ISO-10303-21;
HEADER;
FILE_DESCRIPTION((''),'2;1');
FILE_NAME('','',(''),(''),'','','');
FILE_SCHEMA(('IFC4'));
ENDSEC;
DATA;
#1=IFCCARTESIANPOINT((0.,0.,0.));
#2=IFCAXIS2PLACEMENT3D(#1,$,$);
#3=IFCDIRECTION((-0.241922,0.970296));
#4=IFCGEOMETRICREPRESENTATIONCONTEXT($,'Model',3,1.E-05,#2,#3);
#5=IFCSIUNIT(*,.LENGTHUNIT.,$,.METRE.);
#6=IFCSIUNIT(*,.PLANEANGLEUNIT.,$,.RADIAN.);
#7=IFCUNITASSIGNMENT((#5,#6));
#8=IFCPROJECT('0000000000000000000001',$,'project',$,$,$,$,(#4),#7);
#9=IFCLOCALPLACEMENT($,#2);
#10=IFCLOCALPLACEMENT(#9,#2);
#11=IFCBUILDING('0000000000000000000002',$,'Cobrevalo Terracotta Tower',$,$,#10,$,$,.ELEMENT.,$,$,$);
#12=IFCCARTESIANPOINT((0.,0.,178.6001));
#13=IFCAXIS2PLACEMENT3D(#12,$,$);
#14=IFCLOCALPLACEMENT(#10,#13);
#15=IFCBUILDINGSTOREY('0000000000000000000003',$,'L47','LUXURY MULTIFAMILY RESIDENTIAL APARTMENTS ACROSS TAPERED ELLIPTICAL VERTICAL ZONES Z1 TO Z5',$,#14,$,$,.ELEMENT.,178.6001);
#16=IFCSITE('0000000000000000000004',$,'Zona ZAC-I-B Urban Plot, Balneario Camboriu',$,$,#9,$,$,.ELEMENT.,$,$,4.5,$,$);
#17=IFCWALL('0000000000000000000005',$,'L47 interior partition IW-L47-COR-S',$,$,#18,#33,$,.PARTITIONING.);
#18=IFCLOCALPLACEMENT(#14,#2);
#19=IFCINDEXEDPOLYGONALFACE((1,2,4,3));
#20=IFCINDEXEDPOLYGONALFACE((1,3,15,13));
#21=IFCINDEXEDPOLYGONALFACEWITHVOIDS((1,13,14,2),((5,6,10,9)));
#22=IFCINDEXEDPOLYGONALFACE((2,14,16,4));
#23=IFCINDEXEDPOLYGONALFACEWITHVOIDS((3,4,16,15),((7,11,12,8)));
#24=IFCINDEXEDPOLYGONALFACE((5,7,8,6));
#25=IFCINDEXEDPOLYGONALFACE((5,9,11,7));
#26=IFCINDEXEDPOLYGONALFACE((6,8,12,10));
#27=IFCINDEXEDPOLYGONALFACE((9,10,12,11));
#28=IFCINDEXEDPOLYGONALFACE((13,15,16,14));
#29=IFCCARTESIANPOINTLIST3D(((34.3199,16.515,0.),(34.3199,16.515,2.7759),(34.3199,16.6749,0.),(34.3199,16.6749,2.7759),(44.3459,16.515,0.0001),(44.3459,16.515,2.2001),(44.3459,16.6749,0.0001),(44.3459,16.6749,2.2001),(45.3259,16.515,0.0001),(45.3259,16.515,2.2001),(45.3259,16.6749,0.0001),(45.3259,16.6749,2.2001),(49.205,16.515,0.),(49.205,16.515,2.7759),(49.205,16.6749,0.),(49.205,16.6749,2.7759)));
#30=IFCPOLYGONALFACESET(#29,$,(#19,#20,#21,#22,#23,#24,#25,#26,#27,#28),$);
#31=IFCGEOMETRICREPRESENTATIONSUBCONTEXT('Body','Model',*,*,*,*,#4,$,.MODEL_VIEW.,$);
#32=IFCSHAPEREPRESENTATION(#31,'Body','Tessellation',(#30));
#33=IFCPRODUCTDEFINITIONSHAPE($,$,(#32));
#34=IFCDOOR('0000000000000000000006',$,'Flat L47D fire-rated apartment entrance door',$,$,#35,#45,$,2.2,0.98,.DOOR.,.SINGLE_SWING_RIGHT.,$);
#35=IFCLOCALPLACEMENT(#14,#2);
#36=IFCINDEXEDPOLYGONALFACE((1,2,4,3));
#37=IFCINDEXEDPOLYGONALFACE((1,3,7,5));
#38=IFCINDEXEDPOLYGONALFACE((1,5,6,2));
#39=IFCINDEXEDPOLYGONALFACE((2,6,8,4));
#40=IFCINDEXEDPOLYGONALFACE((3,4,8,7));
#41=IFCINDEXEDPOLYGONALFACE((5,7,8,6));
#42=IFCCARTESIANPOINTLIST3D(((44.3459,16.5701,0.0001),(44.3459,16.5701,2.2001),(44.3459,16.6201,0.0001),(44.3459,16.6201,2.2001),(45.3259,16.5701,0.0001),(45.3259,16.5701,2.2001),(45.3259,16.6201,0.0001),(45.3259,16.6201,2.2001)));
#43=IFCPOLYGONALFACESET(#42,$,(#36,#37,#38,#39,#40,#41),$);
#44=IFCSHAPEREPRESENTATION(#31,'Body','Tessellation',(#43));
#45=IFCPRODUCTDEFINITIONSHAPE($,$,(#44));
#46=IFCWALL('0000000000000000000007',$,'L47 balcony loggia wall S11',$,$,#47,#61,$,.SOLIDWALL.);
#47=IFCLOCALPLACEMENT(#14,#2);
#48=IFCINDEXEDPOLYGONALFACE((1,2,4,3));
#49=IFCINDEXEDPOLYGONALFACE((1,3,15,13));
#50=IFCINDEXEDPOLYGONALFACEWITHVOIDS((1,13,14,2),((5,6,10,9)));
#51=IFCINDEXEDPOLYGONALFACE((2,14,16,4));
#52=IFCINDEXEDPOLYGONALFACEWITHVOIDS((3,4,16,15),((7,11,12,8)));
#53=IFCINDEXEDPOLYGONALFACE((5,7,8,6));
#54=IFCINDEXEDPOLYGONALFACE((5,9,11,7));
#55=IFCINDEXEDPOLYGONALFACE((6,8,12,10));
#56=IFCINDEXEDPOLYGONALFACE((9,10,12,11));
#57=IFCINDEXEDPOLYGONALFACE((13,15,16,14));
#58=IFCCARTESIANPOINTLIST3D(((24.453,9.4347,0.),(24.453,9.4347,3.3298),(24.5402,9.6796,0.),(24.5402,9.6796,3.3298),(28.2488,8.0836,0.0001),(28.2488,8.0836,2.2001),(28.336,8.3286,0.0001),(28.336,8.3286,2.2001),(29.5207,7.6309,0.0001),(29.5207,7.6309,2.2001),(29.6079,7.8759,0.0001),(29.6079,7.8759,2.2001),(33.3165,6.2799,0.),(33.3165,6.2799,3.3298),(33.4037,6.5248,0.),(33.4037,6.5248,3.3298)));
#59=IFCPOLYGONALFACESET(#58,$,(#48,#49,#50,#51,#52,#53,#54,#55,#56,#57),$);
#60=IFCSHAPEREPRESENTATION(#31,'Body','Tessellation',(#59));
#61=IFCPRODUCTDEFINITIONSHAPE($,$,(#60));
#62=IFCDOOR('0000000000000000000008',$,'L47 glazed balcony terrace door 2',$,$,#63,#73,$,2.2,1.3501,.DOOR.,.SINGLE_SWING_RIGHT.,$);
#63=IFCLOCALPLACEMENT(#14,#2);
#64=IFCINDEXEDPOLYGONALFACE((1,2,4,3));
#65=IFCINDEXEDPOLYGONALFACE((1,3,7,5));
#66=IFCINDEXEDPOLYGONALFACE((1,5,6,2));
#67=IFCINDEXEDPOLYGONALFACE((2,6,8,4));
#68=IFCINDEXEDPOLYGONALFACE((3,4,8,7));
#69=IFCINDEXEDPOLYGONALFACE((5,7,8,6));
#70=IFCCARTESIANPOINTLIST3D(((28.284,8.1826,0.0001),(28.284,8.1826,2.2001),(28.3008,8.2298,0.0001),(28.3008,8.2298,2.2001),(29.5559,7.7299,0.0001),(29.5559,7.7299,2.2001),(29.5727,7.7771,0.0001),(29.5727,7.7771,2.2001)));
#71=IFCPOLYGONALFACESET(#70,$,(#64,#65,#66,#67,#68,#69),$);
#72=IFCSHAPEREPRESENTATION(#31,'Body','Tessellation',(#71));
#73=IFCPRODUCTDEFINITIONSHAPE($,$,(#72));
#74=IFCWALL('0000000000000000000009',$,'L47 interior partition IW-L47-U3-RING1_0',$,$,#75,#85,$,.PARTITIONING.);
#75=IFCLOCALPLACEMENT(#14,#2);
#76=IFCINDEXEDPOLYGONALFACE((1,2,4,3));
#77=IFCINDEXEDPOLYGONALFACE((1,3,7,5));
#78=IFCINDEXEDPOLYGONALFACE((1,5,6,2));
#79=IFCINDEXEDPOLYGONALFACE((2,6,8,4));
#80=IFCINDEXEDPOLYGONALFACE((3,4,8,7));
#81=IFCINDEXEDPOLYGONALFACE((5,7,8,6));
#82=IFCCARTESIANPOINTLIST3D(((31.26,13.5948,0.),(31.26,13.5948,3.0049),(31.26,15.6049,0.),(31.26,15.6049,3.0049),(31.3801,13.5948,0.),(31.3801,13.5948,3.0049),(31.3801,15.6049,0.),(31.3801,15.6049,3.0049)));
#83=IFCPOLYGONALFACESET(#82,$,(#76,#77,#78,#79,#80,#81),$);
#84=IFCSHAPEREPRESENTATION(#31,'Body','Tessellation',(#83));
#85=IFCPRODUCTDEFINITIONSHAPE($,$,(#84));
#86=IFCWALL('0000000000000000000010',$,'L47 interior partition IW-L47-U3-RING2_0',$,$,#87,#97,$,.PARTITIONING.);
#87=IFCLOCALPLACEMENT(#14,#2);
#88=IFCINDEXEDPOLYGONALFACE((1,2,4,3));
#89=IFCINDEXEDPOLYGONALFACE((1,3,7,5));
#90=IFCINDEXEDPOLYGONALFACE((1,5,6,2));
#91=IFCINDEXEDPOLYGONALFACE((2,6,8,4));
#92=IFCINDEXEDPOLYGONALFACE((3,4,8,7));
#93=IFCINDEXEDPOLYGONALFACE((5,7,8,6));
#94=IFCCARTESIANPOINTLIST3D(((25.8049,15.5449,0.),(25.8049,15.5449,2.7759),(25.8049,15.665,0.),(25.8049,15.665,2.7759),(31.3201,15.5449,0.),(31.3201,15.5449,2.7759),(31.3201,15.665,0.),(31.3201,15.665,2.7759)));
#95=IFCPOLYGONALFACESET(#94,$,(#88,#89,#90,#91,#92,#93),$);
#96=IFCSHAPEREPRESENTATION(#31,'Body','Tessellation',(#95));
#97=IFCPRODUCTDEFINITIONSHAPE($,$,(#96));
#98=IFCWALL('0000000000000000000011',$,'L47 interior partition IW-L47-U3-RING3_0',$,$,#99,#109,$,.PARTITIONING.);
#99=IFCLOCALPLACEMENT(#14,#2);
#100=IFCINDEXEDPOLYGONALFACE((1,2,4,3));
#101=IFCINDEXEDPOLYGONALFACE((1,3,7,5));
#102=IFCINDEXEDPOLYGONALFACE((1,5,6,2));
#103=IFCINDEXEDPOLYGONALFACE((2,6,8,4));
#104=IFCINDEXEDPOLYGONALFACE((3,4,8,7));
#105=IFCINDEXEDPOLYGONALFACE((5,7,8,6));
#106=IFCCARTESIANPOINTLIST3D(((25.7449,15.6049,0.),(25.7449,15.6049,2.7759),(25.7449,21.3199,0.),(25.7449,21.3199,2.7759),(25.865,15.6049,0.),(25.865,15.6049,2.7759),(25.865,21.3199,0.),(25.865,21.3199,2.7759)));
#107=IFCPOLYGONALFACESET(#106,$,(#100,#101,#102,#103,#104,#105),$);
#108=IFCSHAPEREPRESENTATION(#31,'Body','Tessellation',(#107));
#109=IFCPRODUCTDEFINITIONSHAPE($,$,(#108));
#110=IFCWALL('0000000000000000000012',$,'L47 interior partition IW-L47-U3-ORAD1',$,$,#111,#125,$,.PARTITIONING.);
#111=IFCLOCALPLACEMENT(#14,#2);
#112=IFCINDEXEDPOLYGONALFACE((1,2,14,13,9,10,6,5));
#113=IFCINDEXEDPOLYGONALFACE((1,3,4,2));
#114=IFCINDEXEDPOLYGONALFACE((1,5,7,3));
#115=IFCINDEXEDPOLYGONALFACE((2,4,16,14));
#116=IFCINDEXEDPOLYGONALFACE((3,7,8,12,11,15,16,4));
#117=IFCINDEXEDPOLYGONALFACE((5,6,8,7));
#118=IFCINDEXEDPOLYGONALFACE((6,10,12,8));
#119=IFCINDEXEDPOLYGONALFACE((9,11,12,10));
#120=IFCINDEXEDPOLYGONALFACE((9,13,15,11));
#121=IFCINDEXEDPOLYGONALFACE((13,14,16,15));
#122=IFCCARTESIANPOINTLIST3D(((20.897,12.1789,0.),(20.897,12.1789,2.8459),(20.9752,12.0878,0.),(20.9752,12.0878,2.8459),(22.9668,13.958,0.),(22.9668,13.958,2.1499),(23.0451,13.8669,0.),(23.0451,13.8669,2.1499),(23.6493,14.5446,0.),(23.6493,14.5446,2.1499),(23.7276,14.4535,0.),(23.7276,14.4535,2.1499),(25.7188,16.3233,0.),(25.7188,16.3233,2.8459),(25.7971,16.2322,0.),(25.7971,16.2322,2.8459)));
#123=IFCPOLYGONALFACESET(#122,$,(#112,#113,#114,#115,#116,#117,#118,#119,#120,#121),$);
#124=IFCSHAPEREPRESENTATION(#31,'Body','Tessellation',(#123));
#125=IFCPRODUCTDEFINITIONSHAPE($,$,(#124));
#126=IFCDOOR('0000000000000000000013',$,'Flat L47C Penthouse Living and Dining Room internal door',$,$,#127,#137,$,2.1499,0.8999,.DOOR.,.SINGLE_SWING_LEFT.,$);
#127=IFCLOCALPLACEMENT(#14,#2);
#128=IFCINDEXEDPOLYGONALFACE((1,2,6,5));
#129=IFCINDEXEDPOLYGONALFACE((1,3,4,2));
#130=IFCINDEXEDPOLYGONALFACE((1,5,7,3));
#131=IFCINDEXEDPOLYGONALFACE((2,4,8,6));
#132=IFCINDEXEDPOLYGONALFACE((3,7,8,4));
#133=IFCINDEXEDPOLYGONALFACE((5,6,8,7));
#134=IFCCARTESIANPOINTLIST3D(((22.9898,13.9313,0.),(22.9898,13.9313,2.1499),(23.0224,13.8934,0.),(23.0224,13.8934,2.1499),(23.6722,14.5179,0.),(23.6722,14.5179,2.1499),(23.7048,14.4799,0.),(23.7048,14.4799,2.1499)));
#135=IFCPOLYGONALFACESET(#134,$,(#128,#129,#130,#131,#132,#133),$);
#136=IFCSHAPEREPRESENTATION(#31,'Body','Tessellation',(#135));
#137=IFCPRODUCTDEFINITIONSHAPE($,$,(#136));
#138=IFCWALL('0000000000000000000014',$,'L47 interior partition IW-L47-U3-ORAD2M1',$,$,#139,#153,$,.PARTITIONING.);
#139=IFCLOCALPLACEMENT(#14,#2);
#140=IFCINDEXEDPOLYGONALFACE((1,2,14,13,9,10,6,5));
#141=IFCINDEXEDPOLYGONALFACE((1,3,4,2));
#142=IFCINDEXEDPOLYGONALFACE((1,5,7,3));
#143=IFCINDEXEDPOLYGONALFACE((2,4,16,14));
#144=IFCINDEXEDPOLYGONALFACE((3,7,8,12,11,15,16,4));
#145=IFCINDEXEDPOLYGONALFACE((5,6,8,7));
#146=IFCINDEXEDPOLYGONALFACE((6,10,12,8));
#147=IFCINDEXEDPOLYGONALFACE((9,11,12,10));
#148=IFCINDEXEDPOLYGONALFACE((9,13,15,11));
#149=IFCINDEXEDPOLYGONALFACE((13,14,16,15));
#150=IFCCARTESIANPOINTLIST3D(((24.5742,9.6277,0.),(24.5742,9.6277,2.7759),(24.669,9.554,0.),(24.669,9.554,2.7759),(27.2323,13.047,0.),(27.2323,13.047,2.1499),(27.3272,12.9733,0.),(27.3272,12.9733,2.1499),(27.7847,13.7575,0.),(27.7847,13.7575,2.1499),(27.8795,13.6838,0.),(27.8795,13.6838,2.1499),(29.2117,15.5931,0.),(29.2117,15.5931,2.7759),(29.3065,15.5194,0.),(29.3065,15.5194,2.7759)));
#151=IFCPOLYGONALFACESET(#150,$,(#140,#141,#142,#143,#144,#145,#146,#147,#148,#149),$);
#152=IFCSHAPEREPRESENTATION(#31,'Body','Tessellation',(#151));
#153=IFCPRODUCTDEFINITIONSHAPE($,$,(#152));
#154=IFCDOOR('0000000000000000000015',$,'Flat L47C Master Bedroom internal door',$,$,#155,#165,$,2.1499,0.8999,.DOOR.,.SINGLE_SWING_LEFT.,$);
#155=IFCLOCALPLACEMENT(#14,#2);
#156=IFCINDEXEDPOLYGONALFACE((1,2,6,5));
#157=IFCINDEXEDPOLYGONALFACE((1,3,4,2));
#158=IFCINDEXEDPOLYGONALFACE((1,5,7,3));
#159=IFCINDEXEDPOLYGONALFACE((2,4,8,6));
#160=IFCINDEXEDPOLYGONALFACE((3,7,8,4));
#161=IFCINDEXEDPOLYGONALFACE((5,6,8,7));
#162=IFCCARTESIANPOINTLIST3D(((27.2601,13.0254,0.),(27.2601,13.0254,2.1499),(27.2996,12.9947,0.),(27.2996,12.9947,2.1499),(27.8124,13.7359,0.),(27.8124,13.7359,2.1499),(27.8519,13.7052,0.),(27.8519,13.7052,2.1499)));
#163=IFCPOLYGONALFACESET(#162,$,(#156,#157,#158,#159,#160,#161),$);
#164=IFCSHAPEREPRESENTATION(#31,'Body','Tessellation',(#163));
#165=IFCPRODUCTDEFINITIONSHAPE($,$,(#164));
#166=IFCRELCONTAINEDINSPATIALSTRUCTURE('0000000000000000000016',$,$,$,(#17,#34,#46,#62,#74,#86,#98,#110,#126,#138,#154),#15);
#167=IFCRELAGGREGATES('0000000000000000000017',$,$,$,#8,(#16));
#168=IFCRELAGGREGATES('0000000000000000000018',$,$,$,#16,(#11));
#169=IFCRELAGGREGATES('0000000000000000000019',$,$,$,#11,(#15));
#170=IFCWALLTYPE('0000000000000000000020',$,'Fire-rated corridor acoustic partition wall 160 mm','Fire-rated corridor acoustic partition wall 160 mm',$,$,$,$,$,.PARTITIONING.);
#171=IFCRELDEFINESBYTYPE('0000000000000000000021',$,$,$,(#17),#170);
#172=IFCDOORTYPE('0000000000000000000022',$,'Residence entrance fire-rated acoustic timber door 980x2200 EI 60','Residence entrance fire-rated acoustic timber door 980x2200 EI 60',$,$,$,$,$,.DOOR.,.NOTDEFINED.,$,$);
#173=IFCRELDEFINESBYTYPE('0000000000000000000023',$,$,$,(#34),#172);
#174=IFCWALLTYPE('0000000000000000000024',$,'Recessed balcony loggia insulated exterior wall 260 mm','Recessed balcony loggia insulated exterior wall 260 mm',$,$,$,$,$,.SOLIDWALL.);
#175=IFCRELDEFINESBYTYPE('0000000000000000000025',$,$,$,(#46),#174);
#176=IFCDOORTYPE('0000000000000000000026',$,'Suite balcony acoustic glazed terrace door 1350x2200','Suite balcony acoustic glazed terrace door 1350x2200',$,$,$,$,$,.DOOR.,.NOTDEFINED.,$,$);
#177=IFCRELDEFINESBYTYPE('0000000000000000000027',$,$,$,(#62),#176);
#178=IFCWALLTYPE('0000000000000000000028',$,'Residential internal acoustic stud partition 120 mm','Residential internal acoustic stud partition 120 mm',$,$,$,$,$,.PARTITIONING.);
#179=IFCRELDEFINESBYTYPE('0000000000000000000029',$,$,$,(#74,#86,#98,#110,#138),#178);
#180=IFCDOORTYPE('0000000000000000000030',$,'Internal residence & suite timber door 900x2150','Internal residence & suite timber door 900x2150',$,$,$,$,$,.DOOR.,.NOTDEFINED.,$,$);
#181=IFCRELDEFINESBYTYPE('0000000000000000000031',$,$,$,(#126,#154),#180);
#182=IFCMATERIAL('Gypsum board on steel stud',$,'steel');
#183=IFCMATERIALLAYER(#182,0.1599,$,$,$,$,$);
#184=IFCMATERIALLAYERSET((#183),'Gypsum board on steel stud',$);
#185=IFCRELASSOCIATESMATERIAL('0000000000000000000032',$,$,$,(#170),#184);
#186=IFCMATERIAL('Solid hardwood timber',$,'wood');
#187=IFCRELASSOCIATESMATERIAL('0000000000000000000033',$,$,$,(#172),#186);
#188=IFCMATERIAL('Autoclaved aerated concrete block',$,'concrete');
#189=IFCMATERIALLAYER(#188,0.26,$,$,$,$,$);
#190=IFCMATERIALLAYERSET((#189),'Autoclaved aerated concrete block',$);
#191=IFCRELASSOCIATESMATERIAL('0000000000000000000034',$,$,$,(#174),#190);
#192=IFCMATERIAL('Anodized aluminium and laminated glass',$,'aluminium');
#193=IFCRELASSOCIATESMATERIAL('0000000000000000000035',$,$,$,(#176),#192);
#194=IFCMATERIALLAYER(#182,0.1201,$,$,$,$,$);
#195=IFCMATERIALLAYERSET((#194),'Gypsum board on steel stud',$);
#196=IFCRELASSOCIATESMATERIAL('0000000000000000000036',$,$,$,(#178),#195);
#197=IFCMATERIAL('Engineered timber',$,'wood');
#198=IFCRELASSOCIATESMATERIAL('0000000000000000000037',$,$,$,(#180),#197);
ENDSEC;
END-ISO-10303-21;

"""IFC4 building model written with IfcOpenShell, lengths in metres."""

from ifc_helpers import new_model, si_unit, direction, frame, frame_2d, origin, place, context, subcontext, project, spatial, rectangle, extrude, source, transform, mapped, material, layer, layer_set, type_object, element, fill, save


model = new_model("IFC4")

# Units and contexts
model_context = context("Model", 3, precision=1e-05, world=origin(), true_north=direction((-0.241922, 0.970296)))
body_context = subcontext(model_context, "Body", "Model", "MODEL_VIEW")
ifc_project = project(units=[si_unit("LENGTHUNIT", "METRE"), si_unit("PLANEANGLEUNIT", "RADIAN")], contexts=[model_context])

# Site, building, storey
site_placement = place(None, origin())
site = spatial("IfcSite", under=ifc_project, at=site_placement, Name="Zona ZAC-I-B Urban Plot, Balneario Camboriu", CompositionType="ELEMENT", RefElevation=4.5)
building_placement = place(site_placement, origin())
building = spatial("IfcBuilding", under=site, at=building_placement, Name="Cobrevalo Terracotta Tower", CompositionType="ELEMENT")
storey_placement = place(building_placement, frame((0.0, 0.0, 178.6001)))
storey = spatial("IfcBuildingStorey", under=building, at=storey_placement, Name="L47", Description="LUXURY MULTIFAMILY RESIDENTIAL APARTMENTS ACROSS TAPERED ELLIPTICAL VERTICAL ZONES Z1 TO Z5", CompositionType="ELEMENT", Elevation=178.6001)

# Walls, openings, doors
ifc_material_1 = material(Name="Gypsum board on steel stud", Category="steel")
ifc_layer_1 = layer(ifc_material_1, 0.1599)
ifc_layer_set_1 = layer_set([ifc_layer_1], Name="Gypsum board on steel stud")
wall_type_1 = type_object("IfcWallType", Name="Fire-rated corridor acoustic partition wall 160 mm", Description="Fire-rated corridor acoustic partition wall 160 mm", PredefinedType="PARTITIONING", material=ifc_layer_set_1)
wall_1_placement = place(storey_placement, frame((34.3201, 16.595, 0.0), z_axis=(0.0, 0.0, 1.0), x_axis=(1.0, 0.0, 0.0)))
wall_1 = element("IfcWall", 1, at=wall_1_placement, inside=storey, type_object=wall_type_1, Name="L47 interior partition IW-L47-COR-S", PredefinedType="PARTITIONING", context=body_context, shape_type="SweptSolid", body=[
    extrude(rectangle(XDim=14.885, YDim=0.1599, at=frame_2d((7.4424, 0.0))), origin(), (0.0, 0.0, 1.0), 2.7759),
])
opening_1_placement = place(wall_1_placement, frame((10.0259, 0.0, 0.0)))
opening_1 = element("IfcOpeningElement", 2, at=opening_1_placement, cuts=wall_1, PredefinedType="OPENING", context=body_context, shape_type="SweptSolid", body=[
    extrude(rectangle(XDim=0.98, YDim=2.2, at=frame_2d((0.49, 1.1001))), frame((0.0, 0.0898, 0.0), z_axis=(0.0, -1.0, 0.0), x_axis=(1.0, 0.0, 0.0)), (0.0, 0.0, 1.0), 0.1799),
])
ifc_material_2 = material(Name="Solid hardwood timber", Category="wood")
door_type_1 = type_object("IfcDoorType", Name="Residence entrance fire-rated acoustic timber door 980x2200 EI 60", Description="Residence entrance fire-rated acoustic timber door 980x2200 EI 60", OperationType="NOTDEFINED", PredefinedType="DOOR", material=ifc_material_2)
shared_shape_1 = source(origin(), body_context, "Body", "SweptSolid", [
    extrude(rectangle(XDim=0.98, YDim=2.2, at=frame_2d((0.49, 1.1001))), frame((0.0, 0.0249, 0.0), z_axis=(0.0, -1.0, 0.0), x_axis=(1.0, 0.0, 0.0)), (0.0, 0.0, 1.0), 0.05),
])
door_1_placement = place(opening_1_placement, frame((0.98, 0.0, 0.0), z_axis=(0.0, 0.0, 1.0), x_axis=(-1.0, 0.0, 0.0)))
door_1 = element("IfcDoor", 3, at=door_1_placement, inside=storey, type_object=door_type_1, Name="Flat L47D fire-rated apartment entrance door", OperationType="SINGLE_SWING_RIGHT", OverallHeight=2.2, OverallWidth=0.98, PredefinedType="DOOR", context=body_context, shape_type="MappedRepresentation", body=[
    mapped(shared_shape_1, transform((0.0, 0.0, 0.0), scale=1.0)),
])
fill(opening_1, door_1)
ifc_material_3 = material(Name="Autoclaved aerated concrete block", Category="concrete")
ifc_layer_2 = layer(ifc_material_3, 0.26)
ifc_layer_set_2 = layer_set([ifc_layer_2], Name="Autoclaved aerated concrete block")
wall_type_2 = type_object("IfcWallType", Name="Recessed balcony loggia insulated exterior wall 260 mm", Description="Recessed balcony loggia insulated exterior wall 260 mm", PredefinedType="SOLIDWALL", material=ifc_layer_set_2)
wall_2_placement = place(storey_placement, frame((24.4966, 9.5571, 0.0), z_axis=(0.0, 0.0, 1.0), x_axis=(0.942104, -0.335322, 0.0)))
wall_2 = element("IfcWall", 4, at=wall_2_placement, inside=storey, type_object=wall_type_2, Name="L47 balcony loggia wall S11", PredefinedType="SOLIDWALL", context=body_context, shape_type="SweptSolid", body=[
    extrude(rectangle(XDim=9.4082, YDim=0.26, at=frame_2d((4.7041, 0.0))), origin(), (0.0, 0.0, 1.0), 3.3298),
])
opening_2_placement = place(wall_2_placement, frame((4.0291, 0.0, 0.0)))
opening_2 = element("IfcOpeningElement", 5, at=opening_2_placement, cuts=wall_2, PredefinedType="OPENING", context=body_context, shape_type="SweptSolid", body=[
    extrude(rectangle(XDim=1.3501, YDim=2.2, at=frame_2d((0.675, 1.1001))), frame((0.0, 0.1401, 0.0), z_axis=(0.0, -1.0, 0.0), x_axis=(1.0, 0.0, 0.0)), (0.0, 0.0, 1.0), 0.28),
])
ifc_material_4 = material(Name="Anodized aluminium and laminated glass", Category="aluminium")
door_type_2 = type_object("IfcDoorType", Name="Suite balcony acoustic glazed terrace door 1350x2200", Description="Suite balcony acoustic glazed terrace door 1350x2200", OperationType="NOTDEFINED", PredefinedType="DOOR", material=ifc_material_4)
shared_shape_2 = source(origin(), body_context, "Body", "SweptSolid", [
    extrude(rectangle(XDim=1.3501, YDim=2.2, at=frame_2d((0.675, 1.1001))), frame((0.0, 0.0249, 0.0), z_axis=(0.0, -1.0, 0.0), x_axis=(1.0, 0.0, 0.0)), (0.0, 0.0, 1.0), 0.05),
])
door_2_placement = place(opening_2_placement, frame((1.3501, 0.0, 0.0), z_axis=(0.0, 0.0, 1.0), x_axis=(-1.0, 0.0, 0.0)))
door_2 = element("IfcDoor", 6, at=door_2_placement, inside=storey, type_object=door_type_2, Name="L47 glazed balcony terrace door 2", OperationType="SINGLE_SWING_RIGHT", OverallHeight=2.2, OverallWidth=1.3501, PredefinedType="DOOR", context=body_context, shape_type="MappedRepresentation", body=[
    mapped(shared_shape_2, transform((0.0, 0.0, 0.0), scale=1.0)),
])
fill(opening_2, door_2)

# Walls
ifc_layer_3 = layer(ifc_material_1, 0.1201)
ifc_layer_set_3 = layer_set([ifc_layer_3], Name="Gypsum board on steel stud")
wall_type_3 = type_object("IfcWallType", Name="Residential internal acoustic stud partition 120 mm", Description="Residential internal acoustic stud partition 120 mm", PredefinedType="PARTITIONING", material=ifc_layer_set_3)
wall_3_placement = place(storey_placement, frame((31.3201, 13.595, 0.0), z_axis=(0.0, 0.0, 1.0), x_axis=(0.0, 1.0, 0.0)))
element("IfcWall", 7, at=wall_3_placement, inside=storey, type_object=wall_type_3, Name="L47 interior partition IW-L47-U3-RING1_0", PredefinedType="PARTITIONING", context=body_context, shape_type="SweptSolid", body=[
    extrude(rectangle(XDim=2.01, YDim=0.1201, at=frame_2d((1.0049, 0.0))), origin(), (0.0, 0.0, 1.0), 3.0049),
])
wall_4_placement = place(storey_placement, frame((31.3201, 15.605, 0.0), z_axis=(0.0, 0.0, 1.0), x_axis=(-1.0, 0.0, 0.0)))
element("IfcWall", 8, at=wall_4_placement, inside=storey, type_object=wall_type_3, Name="L47 interior partition IW-L47-U3-RING2_0", PredefinedType="PARTITIONING", context=body_context, shape_type="SweptSolid", body=[
    extrude(rectangle(XDim=5.5151, YDim=0.1201, at=frame_2d((2.7576, 0.0))), origin(), (0.0, 0.0, 1.0), 2.7759),
])
wall_5_placement = place(storey_placement, frame((25.8049, 15.605, 0.0), z_axis=(0.0, 0.0, 1.0), x_axis=(0.0, 1.0, 0.0)))
element("IfcWall", 9, at=wall_5_placement, inside=storey, type_object=wall_type_3, Name="L47 interior partition IW-L47-U3-RING3_0", PredefinedType="PARTITIONING", context=body_context, shape_type="SweptSolid", body=[
    extrude(rectangle(XDim=5.7151, YDim=0.1201, at=frame_2d((2.8574, 0.0))), origin(), (0.0, 0.0, 1.0), 2.7759),
])

# Walls, openings, doors
wall_6_placement = place(storey_placement, frame((25.7581, 16.2778, 0.0), z_axis=(0.0, 0.0, 1.0), x_axis=(-0.758375, -0.651819, 0.0)))
wall_6 = element("IfcWall", 10, at=wall_6_placement, inside=storey, type_object=wall_type_3, Name="L47 interior partition IW-L47-U3-ORAD1", PredefinedType="PARTITIONING", context=body_context, shape_type="SweptSolid", body=[
    extrude(rectangle(XDim=6.3582, YDim=0.1201, at=frame_2d((3.1792, 0.0))), origin(), (0.0, 0.0, 1.0), 2.8459),
])
opening_3_placement = place(wall_6_placement, frame((2.729, 0.0, 0.0)))
opening_3 = element("IfcOpeningElement", 11, at=opening_3_placement, cuts=wall_6, PredefinedType="OPENING", context=body_context, shape_type="SweptSolid", body=[
    extrude(rectangle(XDim=0.8999, YDim=2.1499, at=frame_2d((0.45, 1.075))), frame((0.0, 0.0701, 0.0), z_axis=(0.0, -1.0, 0.0), x_axis=(1.0, 0.0, 0.0)), (0.0, 0.0, 1.0), 0.1401),
])
ifc_material_5 = material(Name="Engineered timber", Category="wood")
door_type_3 = type_object("IfcDoorType", Name="Internal residence & suite timber door 900x2150", Description="Internal residence & suite timber door 900x2150", OperationType="NOTDEFINED", PredefinedType="DOOR", material=ifc_material_5)
shared_shape_3 = source(origin(), body_context, "Body", "SweptSolid", [
    extrude(rectangle(XDim=0.8999, YDim=2.1499, at=frame_2d((0.45, 1.075))), frame((0.0, 0.0249, 0.0), z_axis=(0.0, -1.0, 0.0), x_axis=(1.0, 0.0, 0.0)), (0.0, 0.0, 1.0), 0.05),
])
door_3_placement = place(opening_3_placement, frame((0.8999, 0.0, 0.0), z_axis=(0.0, 0.0, 1.0), x_axis=(-1.0, 0.0, 0.0)))
door_3 = element("IfcDoor", 12, at=door_3_placement, inside=storey, type_object=door_type_3, Name="Flat L47C Penthouse Living and Dining Room internal door", OperationType="SINGLE_SWING_LEFT", OverallHeight=2.1499, OverallWidth=0.8999, PredefinedType="DOOR", context=body_context, shape_type="MappedRepresentation", body=[
    mapped(shared_shape_3, transform((0.0, 0.0, 0.0), scale=1.0)),
])
fill(opening_3, door_3)
wall_7_placement = place(storey_placement, frame((29.259, 15.5562, 0.0), z_axis=(0.0, 0.0, 1.0), x_axis=(-0.613755, -0.789497, 0.0)))
wall_7 = element("IfcWall", 13, at=wall_7_placement, inside=storey, type_object=wall_type_3, Name="L47 interior partition IW-L47-U3-ORAD2M1", PredefinedType="PARTITIONING", context=body_context, shape_type="SweptSolid", body=[
    extrude(rectangle(XDim=7.5559, YDim=0.1201, at=frame_2d((3.7778, 0.0))), origin(), (0.0, 0.0, 1.0), 2.7759),
])
opening_4_placement = place(wall_7_placement, frame((2.325, 0.0, 0.0)))
opening_4 = element("IfcOpeningElement", 14, at=opening_4_placement, cuts=wall_7, PredefinedType="OPENING", context=body_context, shape_type="SweptSolid", body=[
    extrude(rectangle(XDim=0.8999, YDim=2.1499, at=frame_2d((0.45, 1.075))), frame((0.0, 0.0701, 0.0), z_axis=(0.0, -1.0, 0.0), x_axis=(1.0, 0.0, 0.0)), (0.0, 0.0, 1.0), 0.1401),
])
door_4_placement = place(opening_4_placement, frame((0.8999, 0.0, 0.0), z_axis=(0.0, 0.0, 1.0), x_axis=(-1.0, 0.0, 0.0)))
door_4 = element("IfcDoor", 15, at=door_4_placement, inside=storey, type_object=door_type_3, Name="Flat L47C Master Bedroom internal door", OperationType="SINGLE_SWING_LEFT", OverallHeight=2.1499, OverallWidth=0.8999, PredefinedType="DOOR", context=body_context, shape_type="MappedRepresentation", body=[
    mapped(shared_shape_3, transform((0.0, 0.0, 0.0), scale=1.0)),
])
fill(opening_4, door_4)

save(model, "model.ifc")
